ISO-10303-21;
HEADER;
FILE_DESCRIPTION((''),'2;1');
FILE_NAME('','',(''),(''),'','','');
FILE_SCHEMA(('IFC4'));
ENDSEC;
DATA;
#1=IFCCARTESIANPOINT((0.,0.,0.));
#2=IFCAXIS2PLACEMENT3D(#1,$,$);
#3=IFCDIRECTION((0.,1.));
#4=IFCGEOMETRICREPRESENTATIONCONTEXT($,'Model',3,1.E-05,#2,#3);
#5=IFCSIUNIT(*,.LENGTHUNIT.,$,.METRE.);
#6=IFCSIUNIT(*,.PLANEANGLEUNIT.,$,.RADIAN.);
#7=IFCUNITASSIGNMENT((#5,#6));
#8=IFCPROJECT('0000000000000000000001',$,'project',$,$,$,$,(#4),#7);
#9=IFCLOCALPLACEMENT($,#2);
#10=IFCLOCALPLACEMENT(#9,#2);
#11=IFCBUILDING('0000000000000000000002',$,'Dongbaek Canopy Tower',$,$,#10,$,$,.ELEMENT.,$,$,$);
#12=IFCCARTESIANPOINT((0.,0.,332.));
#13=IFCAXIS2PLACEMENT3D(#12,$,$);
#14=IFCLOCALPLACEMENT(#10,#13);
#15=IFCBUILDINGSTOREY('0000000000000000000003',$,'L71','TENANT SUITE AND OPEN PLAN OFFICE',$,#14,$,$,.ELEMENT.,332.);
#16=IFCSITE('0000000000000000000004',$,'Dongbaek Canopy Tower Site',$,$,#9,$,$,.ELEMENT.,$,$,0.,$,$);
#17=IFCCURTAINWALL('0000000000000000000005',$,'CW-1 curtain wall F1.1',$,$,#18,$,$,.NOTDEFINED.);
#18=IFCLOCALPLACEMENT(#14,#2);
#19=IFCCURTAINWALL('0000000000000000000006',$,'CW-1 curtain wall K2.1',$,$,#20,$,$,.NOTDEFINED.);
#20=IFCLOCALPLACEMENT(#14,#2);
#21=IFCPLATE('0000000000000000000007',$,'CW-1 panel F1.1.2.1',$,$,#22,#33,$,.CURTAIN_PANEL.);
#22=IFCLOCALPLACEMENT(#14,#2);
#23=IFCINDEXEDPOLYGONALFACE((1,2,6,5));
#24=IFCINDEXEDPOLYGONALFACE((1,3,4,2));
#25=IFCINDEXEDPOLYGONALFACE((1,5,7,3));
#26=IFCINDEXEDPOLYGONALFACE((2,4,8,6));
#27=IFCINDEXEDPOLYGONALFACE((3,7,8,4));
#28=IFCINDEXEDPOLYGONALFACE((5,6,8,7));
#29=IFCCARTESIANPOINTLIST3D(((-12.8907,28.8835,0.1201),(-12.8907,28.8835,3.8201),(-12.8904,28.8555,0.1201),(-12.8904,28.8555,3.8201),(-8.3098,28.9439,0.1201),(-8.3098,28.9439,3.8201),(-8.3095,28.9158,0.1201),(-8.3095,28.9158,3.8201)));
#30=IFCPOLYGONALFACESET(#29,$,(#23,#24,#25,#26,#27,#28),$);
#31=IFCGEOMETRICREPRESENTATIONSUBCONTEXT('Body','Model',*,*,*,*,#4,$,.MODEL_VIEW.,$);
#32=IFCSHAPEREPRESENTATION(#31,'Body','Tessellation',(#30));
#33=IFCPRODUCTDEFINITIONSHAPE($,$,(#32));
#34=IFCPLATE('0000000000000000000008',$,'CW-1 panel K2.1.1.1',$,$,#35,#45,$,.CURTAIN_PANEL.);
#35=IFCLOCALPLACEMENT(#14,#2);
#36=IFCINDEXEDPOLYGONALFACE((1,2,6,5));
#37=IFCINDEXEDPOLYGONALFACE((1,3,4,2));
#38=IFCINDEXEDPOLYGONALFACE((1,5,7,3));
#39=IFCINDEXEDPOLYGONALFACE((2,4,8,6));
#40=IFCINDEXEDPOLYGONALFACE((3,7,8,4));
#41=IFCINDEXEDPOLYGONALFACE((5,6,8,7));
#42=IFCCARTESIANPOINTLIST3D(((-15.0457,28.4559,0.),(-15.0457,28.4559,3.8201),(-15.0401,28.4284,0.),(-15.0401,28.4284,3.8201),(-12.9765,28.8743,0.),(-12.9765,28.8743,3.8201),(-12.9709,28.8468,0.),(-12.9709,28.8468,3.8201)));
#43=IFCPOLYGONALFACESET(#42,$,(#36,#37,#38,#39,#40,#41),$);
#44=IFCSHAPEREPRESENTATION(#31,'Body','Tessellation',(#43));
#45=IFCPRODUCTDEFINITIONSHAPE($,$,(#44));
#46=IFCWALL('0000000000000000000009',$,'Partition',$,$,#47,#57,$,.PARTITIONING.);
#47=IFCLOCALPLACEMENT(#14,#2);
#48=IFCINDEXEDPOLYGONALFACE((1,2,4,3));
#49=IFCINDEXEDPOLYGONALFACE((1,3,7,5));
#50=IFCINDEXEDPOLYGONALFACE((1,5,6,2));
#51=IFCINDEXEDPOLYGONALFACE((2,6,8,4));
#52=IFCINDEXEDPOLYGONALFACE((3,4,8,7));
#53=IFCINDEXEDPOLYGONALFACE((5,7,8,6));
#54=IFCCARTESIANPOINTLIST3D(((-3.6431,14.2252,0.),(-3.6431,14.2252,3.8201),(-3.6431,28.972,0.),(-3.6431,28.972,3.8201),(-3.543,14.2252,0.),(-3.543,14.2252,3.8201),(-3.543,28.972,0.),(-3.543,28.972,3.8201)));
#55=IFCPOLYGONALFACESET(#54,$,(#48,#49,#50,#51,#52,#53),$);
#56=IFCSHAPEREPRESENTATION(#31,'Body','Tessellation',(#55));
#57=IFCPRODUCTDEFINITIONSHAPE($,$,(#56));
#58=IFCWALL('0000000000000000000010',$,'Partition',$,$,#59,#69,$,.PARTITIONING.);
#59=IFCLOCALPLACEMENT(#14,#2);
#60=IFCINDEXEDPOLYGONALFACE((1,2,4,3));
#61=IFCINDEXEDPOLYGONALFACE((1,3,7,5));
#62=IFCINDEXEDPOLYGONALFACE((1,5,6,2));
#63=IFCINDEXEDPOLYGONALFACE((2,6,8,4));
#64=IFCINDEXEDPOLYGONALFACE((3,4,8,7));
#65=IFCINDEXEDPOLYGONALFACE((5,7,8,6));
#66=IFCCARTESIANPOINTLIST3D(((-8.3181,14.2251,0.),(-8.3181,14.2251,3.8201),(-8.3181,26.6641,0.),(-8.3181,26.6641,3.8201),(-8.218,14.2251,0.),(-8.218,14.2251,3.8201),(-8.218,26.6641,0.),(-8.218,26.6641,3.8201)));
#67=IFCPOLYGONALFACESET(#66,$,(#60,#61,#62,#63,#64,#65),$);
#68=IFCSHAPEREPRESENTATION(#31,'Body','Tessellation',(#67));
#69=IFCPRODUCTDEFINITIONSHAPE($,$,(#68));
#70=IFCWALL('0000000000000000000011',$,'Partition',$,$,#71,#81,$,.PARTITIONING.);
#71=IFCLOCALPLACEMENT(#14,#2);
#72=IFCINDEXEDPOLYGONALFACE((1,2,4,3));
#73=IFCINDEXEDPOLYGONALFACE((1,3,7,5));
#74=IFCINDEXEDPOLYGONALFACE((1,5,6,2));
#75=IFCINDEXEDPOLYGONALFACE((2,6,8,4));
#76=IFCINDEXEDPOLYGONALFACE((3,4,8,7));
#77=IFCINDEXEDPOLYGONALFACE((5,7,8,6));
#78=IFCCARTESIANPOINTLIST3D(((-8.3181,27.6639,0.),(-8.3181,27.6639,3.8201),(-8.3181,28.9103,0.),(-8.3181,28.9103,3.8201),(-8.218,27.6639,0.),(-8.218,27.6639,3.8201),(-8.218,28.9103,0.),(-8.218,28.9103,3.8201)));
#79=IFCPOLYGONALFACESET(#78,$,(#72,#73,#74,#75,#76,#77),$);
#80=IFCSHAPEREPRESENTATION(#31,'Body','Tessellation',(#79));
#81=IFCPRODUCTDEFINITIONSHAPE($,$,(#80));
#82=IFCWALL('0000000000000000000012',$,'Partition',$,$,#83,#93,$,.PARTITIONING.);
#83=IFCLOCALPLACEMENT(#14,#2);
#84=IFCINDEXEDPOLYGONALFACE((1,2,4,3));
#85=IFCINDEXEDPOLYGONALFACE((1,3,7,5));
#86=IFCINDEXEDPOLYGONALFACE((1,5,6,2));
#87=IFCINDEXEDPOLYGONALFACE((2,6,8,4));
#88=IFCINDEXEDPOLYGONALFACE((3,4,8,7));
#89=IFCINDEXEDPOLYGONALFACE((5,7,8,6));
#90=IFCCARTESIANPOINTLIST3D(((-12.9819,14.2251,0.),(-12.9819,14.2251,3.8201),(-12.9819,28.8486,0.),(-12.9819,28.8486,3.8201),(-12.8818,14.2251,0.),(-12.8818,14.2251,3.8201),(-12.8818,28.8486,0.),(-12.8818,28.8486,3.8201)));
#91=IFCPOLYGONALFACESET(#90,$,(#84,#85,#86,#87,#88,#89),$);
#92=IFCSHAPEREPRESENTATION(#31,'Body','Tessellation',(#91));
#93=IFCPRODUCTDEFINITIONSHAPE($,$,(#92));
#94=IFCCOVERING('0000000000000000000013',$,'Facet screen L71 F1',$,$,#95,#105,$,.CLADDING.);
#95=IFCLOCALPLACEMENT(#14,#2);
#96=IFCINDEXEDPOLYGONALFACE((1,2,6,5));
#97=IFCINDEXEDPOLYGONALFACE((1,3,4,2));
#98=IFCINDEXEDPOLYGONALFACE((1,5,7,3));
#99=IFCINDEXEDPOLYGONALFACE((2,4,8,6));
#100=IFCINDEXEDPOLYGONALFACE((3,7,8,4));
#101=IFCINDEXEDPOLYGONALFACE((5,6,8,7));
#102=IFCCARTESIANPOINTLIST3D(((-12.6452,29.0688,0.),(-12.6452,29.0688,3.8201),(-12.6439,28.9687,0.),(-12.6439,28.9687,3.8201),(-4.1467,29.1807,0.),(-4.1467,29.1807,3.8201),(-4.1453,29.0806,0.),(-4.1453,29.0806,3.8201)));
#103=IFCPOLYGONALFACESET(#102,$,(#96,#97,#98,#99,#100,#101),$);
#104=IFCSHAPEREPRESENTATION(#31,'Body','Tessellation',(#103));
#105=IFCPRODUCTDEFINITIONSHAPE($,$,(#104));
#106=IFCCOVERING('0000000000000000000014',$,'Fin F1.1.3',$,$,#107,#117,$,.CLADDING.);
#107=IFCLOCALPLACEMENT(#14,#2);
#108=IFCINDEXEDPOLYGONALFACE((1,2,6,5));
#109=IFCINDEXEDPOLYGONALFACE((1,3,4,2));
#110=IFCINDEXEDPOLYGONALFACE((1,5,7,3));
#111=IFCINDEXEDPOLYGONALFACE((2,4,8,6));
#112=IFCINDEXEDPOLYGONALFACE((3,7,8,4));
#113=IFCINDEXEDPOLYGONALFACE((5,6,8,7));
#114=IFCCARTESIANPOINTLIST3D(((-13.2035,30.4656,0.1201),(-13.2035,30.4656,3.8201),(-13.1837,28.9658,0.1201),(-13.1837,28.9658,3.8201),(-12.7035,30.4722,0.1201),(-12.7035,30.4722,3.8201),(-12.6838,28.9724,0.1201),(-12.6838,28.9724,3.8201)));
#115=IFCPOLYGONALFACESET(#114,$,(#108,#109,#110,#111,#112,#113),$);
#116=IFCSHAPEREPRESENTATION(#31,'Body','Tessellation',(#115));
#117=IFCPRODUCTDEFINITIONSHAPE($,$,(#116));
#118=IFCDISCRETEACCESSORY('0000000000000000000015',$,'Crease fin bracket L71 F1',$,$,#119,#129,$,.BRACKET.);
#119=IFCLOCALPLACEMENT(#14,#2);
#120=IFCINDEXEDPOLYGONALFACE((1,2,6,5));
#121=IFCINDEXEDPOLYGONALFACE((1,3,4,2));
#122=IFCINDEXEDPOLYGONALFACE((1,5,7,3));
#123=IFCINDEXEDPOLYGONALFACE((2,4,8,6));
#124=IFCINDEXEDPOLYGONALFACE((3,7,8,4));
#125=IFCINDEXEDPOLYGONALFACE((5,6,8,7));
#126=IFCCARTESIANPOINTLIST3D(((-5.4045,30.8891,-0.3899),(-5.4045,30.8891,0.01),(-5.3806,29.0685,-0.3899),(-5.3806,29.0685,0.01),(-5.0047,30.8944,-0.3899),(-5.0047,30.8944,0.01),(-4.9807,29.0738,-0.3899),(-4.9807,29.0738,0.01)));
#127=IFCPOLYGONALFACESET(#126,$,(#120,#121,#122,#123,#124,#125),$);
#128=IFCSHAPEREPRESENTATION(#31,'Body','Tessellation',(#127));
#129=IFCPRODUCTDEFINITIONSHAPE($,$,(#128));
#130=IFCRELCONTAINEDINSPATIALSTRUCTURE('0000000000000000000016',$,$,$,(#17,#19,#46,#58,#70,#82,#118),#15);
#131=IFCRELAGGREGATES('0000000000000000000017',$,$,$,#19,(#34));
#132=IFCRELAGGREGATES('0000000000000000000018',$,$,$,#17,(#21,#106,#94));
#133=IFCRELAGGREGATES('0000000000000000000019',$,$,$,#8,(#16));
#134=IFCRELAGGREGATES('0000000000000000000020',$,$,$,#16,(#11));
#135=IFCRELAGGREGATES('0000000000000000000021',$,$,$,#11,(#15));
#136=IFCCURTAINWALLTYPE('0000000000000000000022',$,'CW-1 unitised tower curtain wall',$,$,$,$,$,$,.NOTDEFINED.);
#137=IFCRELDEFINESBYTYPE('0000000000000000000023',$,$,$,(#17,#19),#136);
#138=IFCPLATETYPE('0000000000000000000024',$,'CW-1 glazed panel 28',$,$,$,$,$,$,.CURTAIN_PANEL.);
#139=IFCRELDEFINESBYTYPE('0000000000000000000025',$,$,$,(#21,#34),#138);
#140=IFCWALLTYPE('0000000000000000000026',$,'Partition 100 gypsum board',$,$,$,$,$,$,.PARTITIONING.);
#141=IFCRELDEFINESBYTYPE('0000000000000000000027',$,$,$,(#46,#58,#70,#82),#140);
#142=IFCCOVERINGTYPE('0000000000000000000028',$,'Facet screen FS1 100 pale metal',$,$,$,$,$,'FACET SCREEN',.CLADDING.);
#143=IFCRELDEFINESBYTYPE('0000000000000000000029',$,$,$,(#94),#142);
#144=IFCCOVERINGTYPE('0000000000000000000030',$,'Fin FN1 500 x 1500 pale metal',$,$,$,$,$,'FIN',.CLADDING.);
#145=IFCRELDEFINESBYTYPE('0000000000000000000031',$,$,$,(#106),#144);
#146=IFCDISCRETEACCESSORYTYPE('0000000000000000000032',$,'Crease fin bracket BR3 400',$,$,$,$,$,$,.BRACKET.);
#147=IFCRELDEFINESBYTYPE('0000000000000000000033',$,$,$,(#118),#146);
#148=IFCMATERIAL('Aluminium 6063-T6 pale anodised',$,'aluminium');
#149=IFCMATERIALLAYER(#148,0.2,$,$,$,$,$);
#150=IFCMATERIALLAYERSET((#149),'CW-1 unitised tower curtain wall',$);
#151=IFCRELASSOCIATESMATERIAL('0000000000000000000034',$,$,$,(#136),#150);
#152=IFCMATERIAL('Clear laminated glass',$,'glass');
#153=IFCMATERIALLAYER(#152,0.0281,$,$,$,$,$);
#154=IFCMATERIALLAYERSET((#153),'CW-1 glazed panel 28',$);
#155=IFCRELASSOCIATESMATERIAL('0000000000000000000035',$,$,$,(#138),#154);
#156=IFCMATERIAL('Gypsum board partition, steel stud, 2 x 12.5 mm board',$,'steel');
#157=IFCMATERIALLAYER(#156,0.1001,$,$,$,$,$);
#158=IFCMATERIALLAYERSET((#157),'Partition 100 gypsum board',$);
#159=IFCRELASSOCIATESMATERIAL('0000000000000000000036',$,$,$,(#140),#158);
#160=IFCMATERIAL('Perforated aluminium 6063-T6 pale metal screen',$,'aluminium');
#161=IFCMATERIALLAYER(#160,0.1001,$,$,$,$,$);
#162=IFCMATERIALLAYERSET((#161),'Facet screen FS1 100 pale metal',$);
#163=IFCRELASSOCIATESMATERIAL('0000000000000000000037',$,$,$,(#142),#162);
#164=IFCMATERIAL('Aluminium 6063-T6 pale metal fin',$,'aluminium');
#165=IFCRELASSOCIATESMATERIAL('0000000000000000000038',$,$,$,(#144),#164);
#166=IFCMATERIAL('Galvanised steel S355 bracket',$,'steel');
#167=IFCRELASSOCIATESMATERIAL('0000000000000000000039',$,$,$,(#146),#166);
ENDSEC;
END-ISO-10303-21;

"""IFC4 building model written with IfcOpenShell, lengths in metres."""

from ifc_helpers import new_model, si_unit, direction, frame, frame_2d, origin, origin_2d, place, context, subcontext, project, spatial, rectangle, extrude, material, layer, layer_set, material_profile, profile_set, type_object, element, aggregate, save


model = new_model("IFC4")

# Units and contexts
model_context = context("Model", 3, precision=1e-05, world=origin(), true_north=direction((0.0, 1.0)))
body_context = subcontext(model_context, "Body", "Model", "MODEL_VIEW")
ifc_project = project(units=[si_unit("LENGTHUNIT", "METRE"), si_unit("PLANEANGLEUNIT", "RADIAN")], contexts=[model_context])

# Site, building, storey
site_placement = place(None, origin())
site = spatial("IfcSite", under=ifc_project, at=site_placement, Name="Dongbaek Canopy Tower Site", CompositionType="ELEMENT", RefElevation=0.0)
building_placement = place(site_placement, origin())
building = spatial("IfcBuilding", under=site, at=building_placement, Name="Dongbaek Canopy Tower", CompositionType="ELEMENT")
storey_placement = place(building_placement, frame((0.0, 0.0, 332.0)))
storey = spatial("IfcBuildingStorey", under=building, at=storey_placement, Name="L71", Description="TENANT SUITE AND OPEN PLAN OFFICE", CompositionType="ELEMENT", Elevation=332.0)

# Curtain wall
ifc_material_1 = material(Name="Aluminium 6063-T6 pale anodised", Category="aluminium")
ifc_layer_1 = layer(ifc_material_1, 0.2)
ifc_layer_set_1 = layer_set([ifc_layer_1], Name="CW-1 unitised tower curtain wall")
curtain_wall_type = type_object("IfcCurtainWallType", Name="CW-1 unitised tower curtain wall", PredefinedType="NOTDEFINED", material=ifc_layer_set_1)
curtain_wall_1_placement = place(storey_placement, origin())
curtain_wall_1 = element("IfcCurtainWall", 1, at=curtain_wall_1_placement, inside=storey, type_object=curtain_wall_type, Name="CW-1 curtain wall F1.1", PredefinedType="NOTDEFINED")

# Curtain wall
curtain_wall_2_placement = place(storey_placement, origin())
curtain_wall_2 = element("IfcCurtainWall", 2, at=curtain_wall_2_placement, inside=storey, type_object=curtain_wall_type, Name="CW-1 curtain wall K2.1", PredefinedType="NOTDEFINED")

# Plates
ifc_material_2 = material(Name="Clear laminated glass", Category="glass")
ifc_layer_2 = layer(ifc_material_2, 0.0281)
ifc_layer_set_2 = layer_set([ifc_layer_2], Name="CW-1 glazed panel 28")
plate_type = type_object("IfcPlateType", Name="CW-1 glazed panel 28", PredefinedType="CURTAIN_PANEL", material=ifc_layer_set_2)
plate_1_placement = place(storey_placement, frame((-10.6001, 28.8997, 0.1201), z_axis=(0.0, 0.0, 1.0), x_axis=(-0.999913, -0.013165, 0.0)))
plate_1 = element("IfcPlate", 3, at=plate_1_placement, type_object=plate_type, Name="CW-1 panel F1.1.2.1", PredefinedType="CURTAIN_PANEL", context=body_context, shape_type="SweptSolid", body=[
    extrude(rectangle(XDim=4.5813, YDim=0.0281, at=origin_2d()), origin(), (0.0, 0.0, 1.0), 3.7),
])
plate_2_placement = place(storey_placement, frame((-14.0083, 28.6514, 0.0), z_axis=(0.0, 0.0, 1.0), x_axis=(-0.980162, -0.198197, 0.0)))
plate_2 = element("IfcPlate", 4, at=plate_2_placement, type_object=plate_type, Name="CW-1 panel K2.1.1.1", PredefinedType="CURTAIN_PANEL", context=body_context, shape_type="SweptSolid", body=[
    extrude(rectangle(XDim=2.1111, YDim=0.0281, at=origin_2d()), origin(), (0.0, 0.0, 1.0), 3.8201),
])
aggregate(curtain_wall_2, [plate_2])

# Walls
ifc_material_3 = material(Name="Gypsum board partition, steel stud, 2 x 12.5 mm board", Category="steel")
ifc_layer_3 = layer(ifc_material_3, 0.1001)
ifc_layer_set_3 = layer_set([ifc_layer_3], Name="Partition 100 gypsum board")
wall_type = type_object("IfcWallType", Name="Partition 100 gypsum board", PredefinedType="PARTITIONING", material=ifc_layer_set_3)
wall_1_placement = place(storey_placement, frame((-3.593, 14.2251, 0.0), z_axis=(0.0, 0.0, 1.0), x_axis=(0.0, 1.0, 0.0)))
element("IfcWall", 5, at=wall_1_placement, inside=storey, type_object=wall_type, Name="Partition", PredefinedType="PARTITIONING", context=body_context, shape_type="SweptSolid", body=[
    extrude(rectangle(XDim=14.7468, YDim=0.1001, at=frame_2d((7.3735, 0.0))), origin(), (0.0, 0.0, 1.0), 3.8201),
])
wall_2_placement = place(storey_placement, frame((-8.2681, 14.2251, 0.0), z_axis=(0.0, 0.0, 1.0), x_axis=(0.0, 1.0, 0.0)))
element("IfcWall", 6, at=wall_2_placement, inside=storey, type_object=wall_type, Name="Partition", PredefinedType="PARTITIONING", context=body_context, shape_type="SweptSolid", body=[
    extrude(rectangle(XDim=12.439, YDim=0.1001, at=frame_2d((6.2195, 0.0))), origin(), (0.0, 0.0, 1.0), 3.8201),
])
wall_3_placement = place(storey_placement, frame((-8.2681, 27.6641, 0.0), z_axis=(0.0, 0.0, 1.0), x_axis=(0.0, 1.0, 0.0)))
element("IfcWall", 7, at=wall_3_placement, inside=storey, type_object=wall_type, Name="Partition", PredefinedType="PARTITIONING", context=body_context, shape_type="SweptSolid", body=[
    extrude(rectangle(XDim=1.2463, YDim=0.1001, at=frame_2d((0.623, 0.0))), origin(), (0.0, 0.0, 1.0), 3.8201),
])
wall_4_placement = place(storey_placement, frame((-12.9319, 14.2251, 0.0), z_axis=(0.0, 0.0, 1.0), x_axis=(0.0, 1.0, 0.0)))
element("IfcWall", 8, at=wall_4_placement, inside=storey, type_object=wall_type, Name="Partition", PredefinedType="PARTITIONING", context=body_context, shape_type="SweptSolid", body=[
    extrude(rectangle(XDim=14.6235, YDim=0.1001, at=frame_2d((7.3118, 0.0))), origin(), (0.0, 0.0, 1.0), 3.8201),
])

# Coverings
ifc_material_4 = material(Name="Perforated aluminium 6063-T6 pale metal screen", Category="aluminium")
ifc_layer_4 = layer(ifc_material_4, 0.1001)
ifc_layer_set_4 = layer_set([ifc_layer_4], Name="Facet screen FS1 100 pale metal")
covering_type_1 = type_object("IfcCoveringType", Name="Facet screen FS1 100 pale metal", ElementType="FACET SCREEN", PredefinedType="CLADDING", material=ifc_layer_set_4)
covering_1_placement = place(storey_placement, frame((-8.3953, 29.0747, 0.0), z_axis=(0.0, 0.0, 1.0), x_axis=(-0.999913, -0.013165, 0.0)))
covering_1 = element("IfcCovering", 9, at=covering_1_placement, type_object=covering_type_1, Name="Facet screen L71 F1", PredefinedType="CLADDING", context=body_context, shape_type="SweptSolid", body=[
    extrude(rectangle(XDim=8.4993, YDim=0.1001, at=origin_2d()), origin(), (0.0, 0.0, 1.0), 3.8201),
])
ifc_material_5 = material(Name="Aluminium 6063-T6 pale metal fin", Category="aluminium")
ifc_material_profile_1 = material_profile(ifc_material_5, rectangle(XDim=1.5, YDim=0.5, at=origin_2d()), Name="Fin FN1 500 x 1500 pale metal")
ifc_profile_set_1 = profile_set([ifc_material_profile_1], Name="Aluminium 6063-T6 pale metal fin")
covering_type_2 = type_object("IfcCoveringType", Name="Fin FN1 500 x 1500 pale metal", ElementType="FIN", PredefinedType="CLADDING", material=ifc_profile_set_1)
covering_2_placement = place(storey_placement, frame((-12.9436, 29.719, 0.1201), z_axis=(0.0, 0.0, 1.0), x_axis=(-0.013165, 0.999913, 0.0)))
covering_2 = element("IfcCovering", 10, at=covering_2_placement, type_object=covering_type_2, Name="Fin F1.1.3", PredefinedType="CLADDING", context=body_context, shape_type="SweptSolid", body=[
    extrude(rectangle(XDim=1.5, YDim=0.5, at=origin_2d()), origin(), (0.0, 0.0, 1.0), 3.7),
])
aggregate(curtain_wall_1, [plate_1, covering_2, covering_1])

# Discrete accessory
ifc_material_6 = material(Name="Galvanised steel S355 bracket", Category="steel")
discrete_accessory_type = type_object("IfcDiscreteAccessoryType", Name="Crease fin bracket BR3 400", PredefinedType="BRACKET", material=ifc_material_6)
discrete_accessory_placement = place(storey_placement, frame((-5.1926, 29.9814, -0.3899), z_axis=(0.0, 0.0, 1.0), x_axis=(-0.013165, 0.999913, 0.0)))
element("IfcDiscreteAccessory", 11, at=discrete_accessory_placement, inside=storey, type_object=discrete_accessory_type, Name="Crease fin bracket L71 F1", PredefinedType="BRACKET", context=body_context, shape_type="SweptSolid", body=[
    extrude(rectangle(XDim=1.8208, YDim=0.3999, at=origin_2d()), origin(), (0.0, 0.0, 1.0), 0.3999),
])

save(model, "model.ifc")
